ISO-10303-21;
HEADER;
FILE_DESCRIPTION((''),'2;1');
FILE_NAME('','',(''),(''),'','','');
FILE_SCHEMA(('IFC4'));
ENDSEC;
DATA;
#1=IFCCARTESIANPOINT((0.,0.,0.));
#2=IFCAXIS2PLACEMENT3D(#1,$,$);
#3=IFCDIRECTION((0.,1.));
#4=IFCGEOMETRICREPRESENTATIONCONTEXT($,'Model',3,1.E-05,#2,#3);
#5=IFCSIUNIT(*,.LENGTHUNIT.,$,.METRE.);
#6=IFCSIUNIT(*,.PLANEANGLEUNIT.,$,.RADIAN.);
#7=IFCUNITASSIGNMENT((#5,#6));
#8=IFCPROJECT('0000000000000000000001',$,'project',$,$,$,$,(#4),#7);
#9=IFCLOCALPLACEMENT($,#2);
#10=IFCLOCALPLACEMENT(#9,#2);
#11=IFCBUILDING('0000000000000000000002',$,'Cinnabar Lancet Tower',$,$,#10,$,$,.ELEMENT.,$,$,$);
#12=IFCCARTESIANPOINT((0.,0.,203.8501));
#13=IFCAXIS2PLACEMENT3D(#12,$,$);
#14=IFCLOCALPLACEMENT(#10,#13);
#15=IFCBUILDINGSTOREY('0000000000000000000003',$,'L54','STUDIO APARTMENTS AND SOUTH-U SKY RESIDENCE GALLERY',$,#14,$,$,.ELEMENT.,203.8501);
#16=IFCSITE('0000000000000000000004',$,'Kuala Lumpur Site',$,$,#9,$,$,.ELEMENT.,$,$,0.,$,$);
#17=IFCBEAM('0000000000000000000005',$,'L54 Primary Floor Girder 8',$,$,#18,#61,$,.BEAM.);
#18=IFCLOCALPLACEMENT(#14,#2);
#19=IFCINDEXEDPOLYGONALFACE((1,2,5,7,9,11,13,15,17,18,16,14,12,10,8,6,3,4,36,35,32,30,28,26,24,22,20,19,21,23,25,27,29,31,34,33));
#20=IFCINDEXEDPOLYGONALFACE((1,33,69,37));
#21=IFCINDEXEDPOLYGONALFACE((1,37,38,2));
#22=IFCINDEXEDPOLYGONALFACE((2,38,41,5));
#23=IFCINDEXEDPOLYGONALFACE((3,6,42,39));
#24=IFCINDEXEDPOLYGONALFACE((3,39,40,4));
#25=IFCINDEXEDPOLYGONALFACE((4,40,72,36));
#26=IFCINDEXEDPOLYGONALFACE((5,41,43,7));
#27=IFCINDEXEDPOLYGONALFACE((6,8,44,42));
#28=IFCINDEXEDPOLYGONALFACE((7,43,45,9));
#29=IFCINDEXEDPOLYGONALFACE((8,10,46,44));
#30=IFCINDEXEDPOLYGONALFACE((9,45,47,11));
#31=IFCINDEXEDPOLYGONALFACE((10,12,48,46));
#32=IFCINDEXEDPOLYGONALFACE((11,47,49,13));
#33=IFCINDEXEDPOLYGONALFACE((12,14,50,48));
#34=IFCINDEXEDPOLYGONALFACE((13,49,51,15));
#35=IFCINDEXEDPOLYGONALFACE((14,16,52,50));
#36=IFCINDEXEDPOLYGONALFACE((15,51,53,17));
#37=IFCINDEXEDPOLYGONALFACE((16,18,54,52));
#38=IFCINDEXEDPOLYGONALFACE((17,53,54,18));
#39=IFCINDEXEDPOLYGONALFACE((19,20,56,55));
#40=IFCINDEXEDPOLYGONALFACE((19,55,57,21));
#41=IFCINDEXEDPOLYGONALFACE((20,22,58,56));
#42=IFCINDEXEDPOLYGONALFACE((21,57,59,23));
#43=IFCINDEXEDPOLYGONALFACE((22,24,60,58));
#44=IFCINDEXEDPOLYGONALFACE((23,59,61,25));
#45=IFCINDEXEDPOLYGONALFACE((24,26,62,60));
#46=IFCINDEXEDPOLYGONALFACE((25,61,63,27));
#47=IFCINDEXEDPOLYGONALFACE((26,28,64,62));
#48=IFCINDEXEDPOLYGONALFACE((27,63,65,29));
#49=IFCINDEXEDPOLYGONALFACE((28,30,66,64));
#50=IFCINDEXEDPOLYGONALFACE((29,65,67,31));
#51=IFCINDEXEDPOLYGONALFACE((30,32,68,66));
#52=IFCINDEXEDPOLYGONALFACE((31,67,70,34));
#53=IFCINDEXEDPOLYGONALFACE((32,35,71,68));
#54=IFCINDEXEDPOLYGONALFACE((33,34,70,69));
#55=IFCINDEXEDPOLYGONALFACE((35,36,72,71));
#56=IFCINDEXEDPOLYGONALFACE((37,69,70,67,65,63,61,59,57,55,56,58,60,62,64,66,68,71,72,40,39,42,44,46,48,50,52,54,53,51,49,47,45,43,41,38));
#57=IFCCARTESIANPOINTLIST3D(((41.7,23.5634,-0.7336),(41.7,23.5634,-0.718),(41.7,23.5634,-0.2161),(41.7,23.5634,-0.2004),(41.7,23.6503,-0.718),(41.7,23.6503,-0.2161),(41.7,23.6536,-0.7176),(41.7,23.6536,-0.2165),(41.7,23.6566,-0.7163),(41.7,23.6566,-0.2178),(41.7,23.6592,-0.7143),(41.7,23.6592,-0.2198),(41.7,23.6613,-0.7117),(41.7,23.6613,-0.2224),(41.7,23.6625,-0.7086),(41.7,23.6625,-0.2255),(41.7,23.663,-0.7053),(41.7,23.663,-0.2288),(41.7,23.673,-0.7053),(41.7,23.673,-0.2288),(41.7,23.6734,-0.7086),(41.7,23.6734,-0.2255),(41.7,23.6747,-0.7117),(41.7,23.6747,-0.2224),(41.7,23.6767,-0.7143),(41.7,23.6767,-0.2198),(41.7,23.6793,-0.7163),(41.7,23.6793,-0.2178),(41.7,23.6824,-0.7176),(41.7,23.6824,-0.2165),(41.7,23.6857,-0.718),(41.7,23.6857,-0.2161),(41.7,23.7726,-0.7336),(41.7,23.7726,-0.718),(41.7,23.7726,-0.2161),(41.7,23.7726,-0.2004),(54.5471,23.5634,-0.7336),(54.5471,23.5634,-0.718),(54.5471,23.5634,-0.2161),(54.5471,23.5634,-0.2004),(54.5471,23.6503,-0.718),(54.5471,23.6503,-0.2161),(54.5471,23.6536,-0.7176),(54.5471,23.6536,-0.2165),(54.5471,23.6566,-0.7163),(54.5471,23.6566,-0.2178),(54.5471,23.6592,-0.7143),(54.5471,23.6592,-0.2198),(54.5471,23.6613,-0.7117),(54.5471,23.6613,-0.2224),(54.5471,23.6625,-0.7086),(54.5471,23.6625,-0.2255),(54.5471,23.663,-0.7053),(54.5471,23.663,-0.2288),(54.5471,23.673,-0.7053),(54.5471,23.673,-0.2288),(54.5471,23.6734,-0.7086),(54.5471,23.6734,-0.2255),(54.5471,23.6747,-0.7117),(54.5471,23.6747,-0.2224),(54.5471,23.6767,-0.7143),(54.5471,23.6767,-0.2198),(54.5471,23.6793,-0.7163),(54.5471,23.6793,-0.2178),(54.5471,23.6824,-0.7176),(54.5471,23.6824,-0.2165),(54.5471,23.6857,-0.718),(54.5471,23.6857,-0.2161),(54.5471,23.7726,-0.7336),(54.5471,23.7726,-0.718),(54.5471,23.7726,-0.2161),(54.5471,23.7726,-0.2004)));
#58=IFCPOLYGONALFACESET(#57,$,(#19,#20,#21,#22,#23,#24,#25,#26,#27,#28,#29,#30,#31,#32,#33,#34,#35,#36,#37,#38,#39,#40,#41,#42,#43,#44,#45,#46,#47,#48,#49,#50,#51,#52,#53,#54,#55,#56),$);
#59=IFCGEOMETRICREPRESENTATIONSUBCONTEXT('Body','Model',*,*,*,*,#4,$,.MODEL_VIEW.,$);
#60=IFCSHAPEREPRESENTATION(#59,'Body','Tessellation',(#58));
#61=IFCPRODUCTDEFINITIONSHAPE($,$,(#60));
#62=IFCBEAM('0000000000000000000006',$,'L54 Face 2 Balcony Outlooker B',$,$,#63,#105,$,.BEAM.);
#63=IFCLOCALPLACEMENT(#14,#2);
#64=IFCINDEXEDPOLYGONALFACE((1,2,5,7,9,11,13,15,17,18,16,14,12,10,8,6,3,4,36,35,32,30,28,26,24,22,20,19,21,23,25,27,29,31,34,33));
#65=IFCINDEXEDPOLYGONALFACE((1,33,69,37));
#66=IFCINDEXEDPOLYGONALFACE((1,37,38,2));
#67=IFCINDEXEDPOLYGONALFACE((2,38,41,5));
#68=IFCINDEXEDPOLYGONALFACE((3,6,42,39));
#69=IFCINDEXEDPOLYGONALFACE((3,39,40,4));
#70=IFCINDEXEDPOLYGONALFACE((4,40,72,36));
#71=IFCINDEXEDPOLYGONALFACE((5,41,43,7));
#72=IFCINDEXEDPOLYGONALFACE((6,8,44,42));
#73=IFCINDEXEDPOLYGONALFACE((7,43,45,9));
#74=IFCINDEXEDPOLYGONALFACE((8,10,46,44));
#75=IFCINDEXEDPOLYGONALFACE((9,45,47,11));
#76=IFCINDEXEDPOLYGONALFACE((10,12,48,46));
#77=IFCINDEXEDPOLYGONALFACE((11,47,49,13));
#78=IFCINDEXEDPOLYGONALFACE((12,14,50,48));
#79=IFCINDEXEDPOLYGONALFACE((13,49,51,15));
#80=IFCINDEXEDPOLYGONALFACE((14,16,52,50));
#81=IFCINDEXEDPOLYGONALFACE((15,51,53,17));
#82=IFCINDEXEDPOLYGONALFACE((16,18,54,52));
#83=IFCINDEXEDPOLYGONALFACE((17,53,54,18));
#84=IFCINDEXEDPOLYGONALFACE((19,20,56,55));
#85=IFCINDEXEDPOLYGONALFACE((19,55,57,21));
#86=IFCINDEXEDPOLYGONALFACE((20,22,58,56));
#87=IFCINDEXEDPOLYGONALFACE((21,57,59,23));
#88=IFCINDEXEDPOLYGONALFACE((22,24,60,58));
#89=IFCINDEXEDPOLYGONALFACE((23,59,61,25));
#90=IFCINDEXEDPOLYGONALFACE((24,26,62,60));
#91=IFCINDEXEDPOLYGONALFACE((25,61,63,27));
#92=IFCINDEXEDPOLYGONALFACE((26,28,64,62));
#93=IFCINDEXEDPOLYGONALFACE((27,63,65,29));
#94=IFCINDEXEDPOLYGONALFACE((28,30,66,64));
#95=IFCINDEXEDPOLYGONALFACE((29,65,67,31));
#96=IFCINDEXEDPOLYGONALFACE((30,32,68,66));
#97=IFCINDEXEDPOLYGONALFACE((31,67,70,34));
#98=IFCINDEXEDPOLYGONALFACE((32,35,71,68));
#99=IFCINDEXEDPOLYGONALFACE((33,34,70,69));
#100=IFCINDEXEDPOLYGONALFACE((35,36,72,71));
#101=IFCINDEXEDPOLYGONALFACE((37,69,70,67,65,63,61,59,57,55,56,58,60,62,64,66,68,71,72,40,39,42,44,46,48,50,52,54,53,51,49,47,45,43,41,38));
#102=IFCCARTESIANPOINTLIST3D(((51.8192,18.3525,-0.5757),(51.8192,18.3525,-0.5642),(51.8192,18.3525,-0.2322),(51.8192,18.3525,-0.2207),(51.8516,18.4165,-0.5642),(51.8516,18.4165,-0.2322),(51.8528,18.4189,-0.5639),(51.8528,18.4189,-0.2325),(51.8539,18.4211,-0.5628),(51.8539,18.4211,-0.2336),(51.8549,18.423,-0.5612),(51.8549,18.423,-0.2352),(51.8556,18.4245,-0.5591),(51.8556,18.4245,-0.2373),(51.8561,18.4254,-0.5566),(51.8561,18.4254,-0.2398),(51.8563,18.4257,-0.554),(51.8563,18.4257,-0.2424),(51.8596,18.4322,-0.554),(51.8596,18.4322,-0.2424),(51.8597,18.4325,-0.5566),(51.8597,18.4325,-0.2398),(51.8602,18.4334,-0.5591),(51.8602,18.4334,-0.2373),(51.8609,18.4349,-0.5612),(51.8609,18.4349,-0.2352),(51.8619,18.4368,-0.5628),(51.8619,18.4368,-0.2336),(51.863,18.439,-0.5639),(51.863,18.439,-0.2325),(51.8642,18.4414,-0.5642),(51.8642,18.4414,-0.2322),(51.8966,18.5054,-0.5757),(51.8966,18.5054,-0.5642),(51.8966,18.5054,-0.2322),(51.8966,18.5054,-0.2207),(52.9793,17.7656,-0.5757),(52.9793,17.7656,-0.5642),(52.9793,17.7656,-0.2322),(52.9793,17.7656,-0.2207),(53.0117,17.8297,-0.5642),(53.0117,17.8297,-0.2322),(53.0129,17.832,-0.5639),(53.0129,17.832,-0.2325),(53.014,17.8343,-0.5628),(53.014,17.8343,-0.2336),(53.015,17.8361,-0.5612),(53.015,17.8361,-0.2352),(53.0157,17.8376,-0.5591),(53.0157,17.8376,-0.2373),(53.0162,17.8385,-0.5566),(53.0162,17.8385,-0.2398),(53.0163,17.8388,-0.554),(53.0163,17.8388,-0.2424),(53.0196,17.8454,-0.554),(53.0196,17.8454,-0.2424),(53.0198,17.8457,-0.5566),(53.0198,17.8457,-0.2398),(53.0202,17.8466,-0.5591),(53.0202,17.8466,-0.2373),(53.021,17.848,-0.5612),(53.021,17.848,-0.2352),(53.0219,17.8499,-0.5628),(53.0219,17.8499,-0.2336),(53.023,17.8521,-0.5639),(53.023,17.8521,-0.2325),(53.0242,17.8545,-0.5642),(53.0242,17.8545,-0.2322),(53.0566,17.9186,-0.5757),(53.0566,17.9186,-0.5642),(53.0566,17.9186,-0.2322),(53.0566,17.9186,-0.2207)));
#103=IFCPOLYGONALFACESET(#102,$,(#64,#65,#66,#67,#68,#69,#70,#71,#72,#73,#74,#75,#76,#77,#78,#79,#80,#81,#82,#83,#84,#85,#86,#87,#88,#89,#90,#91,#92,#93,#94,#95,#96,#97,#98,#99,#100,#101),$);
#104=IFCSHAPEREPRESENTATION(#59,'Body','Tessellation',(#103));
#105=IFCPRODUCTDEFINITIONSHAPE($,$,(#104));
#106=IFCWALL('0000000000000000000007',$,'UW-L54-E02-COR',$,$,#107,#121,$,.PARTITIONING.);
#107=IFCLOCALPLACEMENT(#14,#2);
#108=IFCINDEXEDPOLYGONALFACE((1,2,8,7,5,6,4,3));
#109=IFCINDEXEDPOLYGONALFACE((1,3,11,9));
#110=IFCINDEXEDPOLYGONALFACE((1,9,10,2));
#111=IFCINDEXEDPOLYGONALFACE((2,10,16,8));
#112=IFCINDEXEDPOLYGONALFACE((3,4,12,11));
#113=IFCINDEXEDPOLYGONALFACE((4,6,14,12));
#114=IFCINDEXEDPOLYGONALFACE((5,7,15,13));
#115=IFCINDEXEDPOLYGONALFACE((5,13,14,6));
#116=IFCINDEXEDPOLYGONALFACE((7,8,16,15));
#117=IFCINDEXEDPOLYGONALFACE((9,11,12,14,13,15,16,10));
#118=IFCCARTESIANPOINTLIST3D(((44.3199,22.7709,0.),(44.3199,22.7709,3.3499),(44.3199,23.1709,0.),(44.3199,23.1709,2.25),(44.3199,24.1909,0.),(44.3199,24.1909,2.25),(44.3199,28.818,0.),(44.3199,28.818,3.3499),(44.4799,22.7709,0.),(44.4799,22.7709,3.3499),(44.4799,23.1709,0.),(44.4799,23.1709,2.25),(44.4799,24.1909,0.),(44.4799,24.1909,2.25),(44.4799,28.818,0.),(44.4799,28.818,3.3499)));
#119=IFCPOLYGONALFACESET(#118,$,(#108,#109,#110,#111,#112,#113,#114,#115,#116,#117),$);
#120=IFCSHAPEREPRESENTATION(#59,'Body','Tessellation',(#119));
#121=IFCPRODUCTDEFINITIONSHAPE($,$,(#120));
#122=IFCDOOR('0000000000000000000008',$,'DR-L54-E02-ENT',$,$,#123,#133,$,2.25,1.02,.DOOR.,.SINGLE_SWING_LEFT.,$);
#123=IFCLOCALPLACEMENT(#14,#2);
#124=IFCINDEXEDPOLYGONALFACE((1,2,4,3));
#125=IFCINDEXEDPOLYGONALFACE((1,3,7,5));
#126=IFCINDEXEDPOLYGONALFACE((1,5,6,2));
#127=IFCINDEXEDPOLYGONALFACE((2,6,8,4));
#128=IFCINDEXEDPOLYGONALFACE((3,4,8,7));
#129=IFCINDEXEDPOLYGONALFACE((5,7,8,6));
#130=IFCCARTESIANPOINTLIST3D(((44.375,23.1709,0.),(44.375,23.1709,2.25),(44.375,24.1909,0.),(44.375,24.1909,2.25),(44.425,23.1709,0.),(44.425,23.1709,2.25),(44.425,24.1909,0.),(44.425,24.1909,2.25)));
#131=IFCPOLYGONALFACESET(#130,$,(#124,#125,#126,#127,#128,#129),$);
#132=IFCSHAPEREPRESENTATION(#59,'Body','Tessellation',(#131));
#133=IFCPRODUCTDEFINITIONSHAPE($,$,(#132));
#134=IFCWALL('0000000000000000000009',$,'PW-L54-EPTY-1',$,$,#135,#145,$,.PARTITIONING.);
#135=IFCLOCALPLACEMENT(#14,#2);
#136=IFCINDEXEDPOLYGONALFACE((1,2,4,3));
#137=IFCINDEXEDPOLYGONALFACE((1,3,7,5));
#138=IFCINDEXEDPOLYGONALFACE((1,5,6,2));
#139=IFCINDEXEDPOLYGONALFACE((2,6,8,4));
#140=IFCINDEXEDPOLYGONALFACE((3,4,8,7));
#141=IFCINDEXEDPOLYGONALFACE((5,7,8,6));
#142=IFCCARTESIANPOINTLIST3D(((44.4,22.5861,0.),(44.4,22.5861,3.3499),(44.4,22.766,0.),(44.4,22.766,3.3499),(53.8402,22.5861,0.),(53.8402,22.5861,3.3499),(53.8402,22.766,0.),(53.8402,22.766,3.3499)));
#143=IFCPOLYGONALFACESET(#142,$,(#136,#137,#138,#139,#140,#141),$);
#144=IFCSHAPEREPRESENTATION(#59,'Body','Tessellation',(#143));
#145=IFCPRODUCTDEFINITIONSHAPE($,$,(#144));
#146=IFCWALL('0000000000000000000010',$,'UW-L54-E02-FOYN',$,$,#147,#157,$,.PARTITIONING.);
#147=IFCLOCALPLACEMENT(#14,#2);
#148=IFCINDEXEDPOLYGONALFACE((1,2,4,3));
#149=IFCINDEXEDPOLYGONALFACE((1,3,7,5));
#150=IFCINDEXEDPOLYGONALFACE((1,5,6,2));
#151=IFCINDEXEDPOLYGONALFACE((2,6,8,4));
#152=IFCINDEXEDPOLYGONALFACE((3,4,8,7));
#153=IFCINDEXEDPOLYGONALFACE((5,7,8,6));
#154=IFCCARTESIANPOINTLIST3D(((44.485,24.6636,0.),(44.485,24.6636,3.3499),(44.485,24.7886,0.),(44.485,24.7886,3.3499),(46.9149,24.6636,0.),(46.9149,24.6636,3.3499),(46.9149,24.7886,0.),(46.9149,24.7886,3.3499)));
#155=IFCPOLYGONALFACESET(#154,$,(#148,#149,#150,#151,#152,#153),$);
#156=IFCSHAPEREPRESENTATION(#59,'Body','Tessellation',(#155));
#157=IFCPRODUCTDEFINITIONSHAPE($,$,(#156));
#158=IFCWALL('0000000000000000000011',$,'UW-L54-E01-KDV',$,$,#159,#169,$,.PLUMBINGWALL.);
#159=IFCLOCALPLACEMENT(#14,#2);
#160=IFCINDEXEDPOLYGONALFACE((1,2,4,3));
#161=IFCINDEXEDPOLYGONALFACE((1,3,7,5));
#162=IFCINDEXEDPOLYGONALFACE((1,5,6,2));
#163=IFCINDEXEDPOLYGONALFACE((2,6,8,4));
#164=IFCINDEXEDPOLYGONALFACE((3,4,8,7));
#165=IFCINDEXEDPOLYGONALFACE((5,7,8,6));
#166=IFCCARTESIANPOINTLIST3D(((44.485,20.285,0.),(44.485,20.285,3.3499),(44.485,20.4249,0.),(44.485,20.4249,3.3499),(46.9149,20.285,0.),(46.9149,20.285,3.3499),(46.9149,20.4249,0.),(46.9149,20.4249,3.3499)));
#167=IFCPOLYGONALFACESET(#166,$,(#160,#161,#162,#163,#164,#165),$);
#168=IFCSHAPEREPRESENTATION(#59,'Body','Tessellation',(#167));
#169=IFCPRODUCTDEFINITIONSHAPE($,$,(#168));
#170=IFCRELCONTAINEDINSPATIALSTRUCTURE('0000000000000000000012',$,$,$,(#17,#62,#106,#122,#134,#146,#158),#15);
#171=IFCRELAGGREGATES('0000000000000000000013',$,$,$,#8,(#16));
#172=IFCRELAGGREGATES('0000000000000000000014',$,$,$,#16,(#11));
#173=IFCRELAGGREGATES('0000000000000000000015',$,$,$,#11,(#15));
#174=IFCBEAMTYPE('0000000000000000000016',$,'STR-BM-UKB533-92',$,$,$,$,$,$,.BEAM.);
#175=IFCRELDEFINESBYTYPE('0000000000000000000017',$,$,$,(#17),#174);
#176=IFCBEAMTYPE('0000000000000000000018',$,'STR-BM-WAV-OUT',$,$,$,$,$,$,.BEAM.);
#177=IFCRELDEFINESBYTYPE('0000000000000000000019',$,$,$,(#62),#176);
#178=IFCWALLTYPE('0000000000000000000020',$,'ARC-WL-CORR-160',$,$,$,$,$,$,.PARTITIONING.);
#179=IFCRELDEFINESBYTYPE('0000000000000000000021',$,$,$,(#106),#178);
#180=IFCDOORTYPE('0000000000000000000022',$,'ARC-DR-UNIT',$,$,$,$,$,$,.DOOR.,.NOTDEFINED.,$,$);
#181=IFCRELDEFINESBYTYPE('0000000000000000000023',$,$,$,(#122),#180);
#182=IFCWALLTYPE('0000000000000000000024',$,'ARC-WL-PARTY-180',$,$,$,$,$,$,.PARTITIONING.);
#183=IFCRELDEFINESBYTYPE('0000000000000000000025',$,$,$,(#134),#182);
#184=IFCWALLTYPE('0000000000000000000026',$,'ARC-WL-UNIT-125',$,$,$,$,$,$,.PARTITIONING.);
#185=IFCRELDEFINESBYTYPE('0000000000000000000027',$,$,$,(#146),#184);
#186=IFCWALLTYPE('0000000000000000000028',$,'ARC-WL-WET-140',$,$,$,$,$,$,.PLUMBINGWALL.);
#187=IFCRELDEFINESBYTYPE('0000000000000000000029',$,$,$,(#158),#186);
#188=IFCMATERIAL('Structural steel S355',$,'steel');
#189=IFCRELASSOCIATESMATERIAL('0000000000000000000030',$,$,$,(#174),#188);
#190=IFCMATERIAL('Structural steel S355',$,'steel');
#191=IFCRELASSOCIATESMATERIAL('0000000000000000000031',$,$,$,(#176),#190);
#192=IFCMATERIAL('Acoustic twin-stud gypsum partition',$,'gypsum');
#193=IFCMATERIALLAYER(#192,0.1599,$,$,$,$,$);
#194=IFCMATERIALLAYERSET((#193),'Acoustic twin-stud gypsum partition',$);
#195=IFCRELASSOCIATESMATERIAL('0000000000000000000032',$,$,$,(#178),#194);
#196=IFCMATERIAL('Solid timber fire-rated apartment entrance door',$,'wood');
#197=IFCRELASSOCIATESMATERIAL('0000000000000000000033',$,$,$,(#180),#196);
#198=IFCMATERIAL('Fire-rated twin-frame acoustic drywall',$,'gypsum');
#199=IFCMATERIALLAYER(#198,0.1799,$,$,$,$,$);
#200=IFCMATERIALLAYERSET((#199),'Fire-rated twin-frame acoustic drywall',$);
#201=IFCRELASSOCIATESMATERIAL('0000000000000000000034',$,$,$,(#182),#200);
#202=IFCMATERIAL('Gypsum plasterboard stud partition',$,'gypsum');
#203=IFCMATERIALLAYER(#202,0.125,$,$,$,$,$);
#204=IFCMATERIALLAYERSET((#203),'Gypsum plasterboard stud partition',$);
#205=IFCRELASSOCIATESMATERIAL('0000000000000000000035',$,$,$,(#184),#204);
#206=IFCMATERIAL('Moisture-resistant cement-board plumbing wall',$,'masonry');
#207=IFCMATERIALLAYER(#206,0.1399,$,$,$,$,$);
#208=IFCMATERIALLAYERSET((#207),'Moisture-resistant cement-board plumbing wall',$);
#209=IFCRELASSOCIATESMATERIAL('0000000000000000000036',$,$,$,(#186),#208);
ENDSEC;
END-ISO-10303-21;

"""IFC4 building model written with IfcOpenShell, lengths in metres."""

from ifc_helpers import new_model, si_unit, direction, frame, frame_2d, origin, origin_2d, place, context, subcontext, project, spatial, rectangle, i_section, extrude, material, layer, layer_set, material_profile, profile_set, type_object, element, fill, save


model = new_model("IFC4")

# Units and contexts
model_context = context("Model", 3, precision=1e-05, world=origin(), true_north=direction((0.0, 1.0)))
body_context = subcontext(model_context, "Body", "Model", "MODEL_VIEW")
ifc_project = project(units=[si_unit("LENGTHUNIT", "METRE"), si_unit("PLANEANGLEUNIT", "RADIAN")], contexts=[model_context])

# Site, building, storey
site_placement = place(None, origin())
site = spatial("IfcSite", under=ifc_project, at=site_placement, Name="Kuala Lumpur Site", CompositionType="ELEMENT", RefElevation=0.0)
building_placement = place(site_placement, origin())
building = spatial("IfcBuilding", under=site, at=building_placement, Name="Cinnabar Lancet Tower", CompositionType="ELEMENT")
storey_placement = place(building_placement, frame((0.0, 0.0, 203.8501)))
storey = spatial("IfcBuildingStorey", under=building, at=storey_placement, Name="L54", Description="STUDIO APARTMENTS AND SOUTH-U SKY RESIDENCE GALLERY", CompositionType="ELEMENT", Elevation=203.8501)

# Beams
ifc_material_1 = material(Name="Structural steel S355", Category="steel")
ifc_material_profile_1 = material_profile(ifc_material_1, i_section(OverallWidth=0.2092, OverallDepth=0.5332, WebThickness=0.01, FlangeThickness=0.0156, FilletRadius=0.0127, at=origin_2d()), Name="UKB 533x210x92")
ifc_profile_set_1 = profile_set([ifc_material_profile_1], Name="Structural steel S355")
beam_type_1 = type_object("IfcBeamType", Name="STR-BM-UKB533-92", PredefinedType="BEAM", material=ifc_profile_set_1)
beam_1_placement = place(storey_placement, frame((54.5471, 23.668, -0.467), z_axis=(-1.0, 0.0, 0.0), x_axis=(0.0, -1.0, 0.0)))
element("IfcBeam", 1, at=beam_1_placement, inside=storey, type_object=beam_type_1, Name="L54 Primary Floor Girder 8", PredefinedType="BEAM", context=body_context, shape_type="SweptSolid", body=[
    extrude(i_section(OverallWidth=0.2092, OverallDepth=0.5332, WebThickness=0.01, FlangeThickness=0.0156, FilletRadius=0.0127, at=origin_2d()), origin(), (0.0, 0.0, 1.0), 12.8472),
])
ifc_material_2 = material(Name="Structural steel S355", Category="steel")
ifc_material_profile_2 = material_profile(ifc_material_2, i_section(OverallWidth=0.1714, OverallDepth=0.355, WebThickness=0.0073, FlangeThickness=0.0115, FilletRadius=0.0103, at=origin_2d()), Name="UKB 356x171x51")
ifc_profile_set_2 = profile_set([ifc_material_profile_2], Name="Structural steel S355")
beam_type_2 = type_object("IfcBeamType", Name="STR-BM-WAV-OUT", PredefinedType="BEAM", material=ifc_profile_set_2)
beam_2_placement = place(storey_placement, frame((51.8579, 18.429, -0.3982), z_axis=(0.892314, -0.451415, 0.0), x_axis=(0.451415, 0.892314, 0.0)))
element("IfcBeam", 2, at=beam_2_placement, inside=storey, type_object=beam_type_2, Name="L54 Face 2 Balcony Outlooker B", PredefinedType="BEAM", context=body_context, shape_type="SweptSolid", body=[
    extrude(i_section(OverallWidth=0.1714, OverallDepth=0.355, WebThickness=0.0073, FlangeThickness=0.0115, FilletRadius=0.0103, at=origin_2d()), origin(), (0.0, 0.0, 1.0), 1.3),
])

# Wall, opening, door
ifc_material_3 = material(Name="Acoustic twin-stud gypsum partition", Category="gypsum")
ifc_layer_1 = layer(ifc_material_3, 0.1599)
ifc_layer_set_1 = layer_set([ifc_layer_1], Name="Acoustic twin-stud gypsum partition")
wall_type_1 = type_object("IfcWallType", Name="ARC-WL-CORR-160", PredefinedType="PARTITIONING", material=ifc_layer_set_1)
wall_1_placement = place(storey_placement, frame((44.3999, 22.771, 0.0), z_axis=(0.0, 0.0, 1.0), x_axis=(0.0, 1.0, 0.0)))
wall_1 = element("IfcWall", 3, at=wall_1_placement, inside=storey, type_object=wall_type_1, Name="UW-L54-E02-COR", PredefinedType="PARTITIONING", context=body_context, shape_type="SweptSolid", body=[
    extrude(rectangle(XDim=6.0471, YDim=0.1599, at=frame_2d((3.0234, 0.0))), origin(), (0.0, 0.0, 1.0), 3.3499),
])
opening_1_placement = place(wall_1_placement, frame((0.3999, 0.0, 0.0)))
opening_1 = element("IfcOpeningElement", 4, at=opening_1_placement, cuts=wall_1, PredefinedType="OPENING", context=body_context, shape_type="SweptSolid", body=[
    extrude(rectangle(XDim=1.02, YDim=2.25, at=frame_2d((0.51, 1.125))), frame((0.0, 0.0898, 0.0), z_axis=(0.0, -1.0, 0.0), x_axis=(1.0, 0.0, 0.0)), (0.0, 0.0, 1.0), 0.1799),
])
ifc_material_4 = material(Name="Solid timber fire-rated apartment entrance door", Category="wood")
door_type_1 = type_object("IfcDoorType", Name="ARC-DR-UNIT", OperationType="NOTDEFINED", PredefinedType="DOOR", material=ifc_material_4)
door_1_placement = place(opening_1_placement, origin())
door_1 = element("IfcDoor", 5, at=door_1_placement, inside=storey, type_object=door_type_1, Name="DR-L54-E02-ENT", OperationType="SINGLE_SWING_LEFT", OverallHeight=2.25, OverallWidth=1.02, PredefinedType="DOOR", context=body_context, shape_type="SweptSolid", body=[
    extrude(rectangle(XDim=1.02, YDim=2.25, at=frame_2d((0.51, 1.125))), frame((0.0, 0.0249, 0.0), z_axis=(0.0, -1.0, 0.0), x_axis=(1.0, 0.0, 0.0)), (0.0, 0.0, 1.0), 0.05),
])
fill(opening_1, door_1)

# Walls
ifc_material_5 = material(Name="Fire-rated twin-frame acoustic drywall", Category="gypsum")
ifc_layer_2 = layer(ifc_material_5, 0.1799)
ifc_layer_set_2 = layer_set([ifc_layer_2], Name="Fire-rated twin-frame acoustic drywall")
wall_type_2 = type_object("IfcWallType", Name="ARC-WL-PARTY-180", PredefinedType="PARTITIONING", material=ifc_layer_set_2)
wall_2_placement = place(storey_placement, frame((44.3999, 22.676, 0.0), z_axis=(0.0, 0.0, 1.0), x_axis=(1.0, 0.0, 0.0)))
element("IfcWall", 6, at=wall_2_placement, inside=storey, type_object=wall_type_2, Name="PW-L54-EPTY-1", PredefinedType="PARTITIONING", context=body_context, shape_type="SweptSolid", body=[
    extrude(rectangle(XDim=9.4402, YDim=0.1799, at=frame_2d((4.7202, 0.0))), origin(), (0.0, 0.0, 1.0), 3.3499),
])
ifc_material_6 = material(Name="Gypsum plasterboard stud partition", Category="gypsum")
ifc_layer_3 = layer(ifc_material_6, 0.125)
ifc_layer_set_3 = layer_set([ifc_layer_3], Name="Gypsum plasterboard stud partition")
wall_type_3 = type_object("IfcWallType", Name="ARC-WL-UNIT-125", PredefinedType="PARTITIONING", material=ifc_layer_set_3)
wall_3_placement = place(storey_placement, frame((44.4851, 24.7261, 0.0), z_axis=(0.0, 0.0, 1.0), x_axis=(1.0, 0.0, 0.0)))
element("IfcWall", 7, at=wall_3_placement, inside=storey, type_object=wall_type_3, Name="UW-L54-E02-FOYN", PredefinedType="PARTITIONING", context=body_context, shape_type="SweptSolid", body=[
    extrude(rectangle(XDim=2.4299, YDim=0.125, at=frame_2d((1.2148, 0.0))), origin(), (0.0, 0.0, 1.0), 3.3499),
])
ifc_material_7 = material(Name="Moisture-resistant cement-board plumbing wall", Category="masonry")
ifc_layer_4 = layer(ifc_material_7, 0.1399)
ifc_layer_set_4 = layer_set([ifc_layer_4], Name="Moisture-resistant cement-board plumbing wall")
wall_type_4 = type_object("IfcWallType", Name="ARC-WL-WET-140", PredefinedType="PLUMBINGWALL", material=ifc_layer_set_4)
wall_4_placement = place(storey_placement, frame((44.4851, 20.355, 0.0), z_axis=(0.0, 0.0, 1.0), x_axis=(1.0, 0.0, 0.0)))
element("IfcWall", 8, at=wall_4_placement, inside=storey, type_object=wall_type_4, Name="UW-L54-E01-KDV", PredefinedType="PLUMBINGWALL", context=body_context, shape_type="SweptSolid", body=[
    extrude(rectangle(XDim=2.4299, YDim=0.1399, at=frame_2d((1.2148, 0.0))), origin(), (0.0, 0.0, 1.0), 3.3499),
])

save(model, "model.ifc")
